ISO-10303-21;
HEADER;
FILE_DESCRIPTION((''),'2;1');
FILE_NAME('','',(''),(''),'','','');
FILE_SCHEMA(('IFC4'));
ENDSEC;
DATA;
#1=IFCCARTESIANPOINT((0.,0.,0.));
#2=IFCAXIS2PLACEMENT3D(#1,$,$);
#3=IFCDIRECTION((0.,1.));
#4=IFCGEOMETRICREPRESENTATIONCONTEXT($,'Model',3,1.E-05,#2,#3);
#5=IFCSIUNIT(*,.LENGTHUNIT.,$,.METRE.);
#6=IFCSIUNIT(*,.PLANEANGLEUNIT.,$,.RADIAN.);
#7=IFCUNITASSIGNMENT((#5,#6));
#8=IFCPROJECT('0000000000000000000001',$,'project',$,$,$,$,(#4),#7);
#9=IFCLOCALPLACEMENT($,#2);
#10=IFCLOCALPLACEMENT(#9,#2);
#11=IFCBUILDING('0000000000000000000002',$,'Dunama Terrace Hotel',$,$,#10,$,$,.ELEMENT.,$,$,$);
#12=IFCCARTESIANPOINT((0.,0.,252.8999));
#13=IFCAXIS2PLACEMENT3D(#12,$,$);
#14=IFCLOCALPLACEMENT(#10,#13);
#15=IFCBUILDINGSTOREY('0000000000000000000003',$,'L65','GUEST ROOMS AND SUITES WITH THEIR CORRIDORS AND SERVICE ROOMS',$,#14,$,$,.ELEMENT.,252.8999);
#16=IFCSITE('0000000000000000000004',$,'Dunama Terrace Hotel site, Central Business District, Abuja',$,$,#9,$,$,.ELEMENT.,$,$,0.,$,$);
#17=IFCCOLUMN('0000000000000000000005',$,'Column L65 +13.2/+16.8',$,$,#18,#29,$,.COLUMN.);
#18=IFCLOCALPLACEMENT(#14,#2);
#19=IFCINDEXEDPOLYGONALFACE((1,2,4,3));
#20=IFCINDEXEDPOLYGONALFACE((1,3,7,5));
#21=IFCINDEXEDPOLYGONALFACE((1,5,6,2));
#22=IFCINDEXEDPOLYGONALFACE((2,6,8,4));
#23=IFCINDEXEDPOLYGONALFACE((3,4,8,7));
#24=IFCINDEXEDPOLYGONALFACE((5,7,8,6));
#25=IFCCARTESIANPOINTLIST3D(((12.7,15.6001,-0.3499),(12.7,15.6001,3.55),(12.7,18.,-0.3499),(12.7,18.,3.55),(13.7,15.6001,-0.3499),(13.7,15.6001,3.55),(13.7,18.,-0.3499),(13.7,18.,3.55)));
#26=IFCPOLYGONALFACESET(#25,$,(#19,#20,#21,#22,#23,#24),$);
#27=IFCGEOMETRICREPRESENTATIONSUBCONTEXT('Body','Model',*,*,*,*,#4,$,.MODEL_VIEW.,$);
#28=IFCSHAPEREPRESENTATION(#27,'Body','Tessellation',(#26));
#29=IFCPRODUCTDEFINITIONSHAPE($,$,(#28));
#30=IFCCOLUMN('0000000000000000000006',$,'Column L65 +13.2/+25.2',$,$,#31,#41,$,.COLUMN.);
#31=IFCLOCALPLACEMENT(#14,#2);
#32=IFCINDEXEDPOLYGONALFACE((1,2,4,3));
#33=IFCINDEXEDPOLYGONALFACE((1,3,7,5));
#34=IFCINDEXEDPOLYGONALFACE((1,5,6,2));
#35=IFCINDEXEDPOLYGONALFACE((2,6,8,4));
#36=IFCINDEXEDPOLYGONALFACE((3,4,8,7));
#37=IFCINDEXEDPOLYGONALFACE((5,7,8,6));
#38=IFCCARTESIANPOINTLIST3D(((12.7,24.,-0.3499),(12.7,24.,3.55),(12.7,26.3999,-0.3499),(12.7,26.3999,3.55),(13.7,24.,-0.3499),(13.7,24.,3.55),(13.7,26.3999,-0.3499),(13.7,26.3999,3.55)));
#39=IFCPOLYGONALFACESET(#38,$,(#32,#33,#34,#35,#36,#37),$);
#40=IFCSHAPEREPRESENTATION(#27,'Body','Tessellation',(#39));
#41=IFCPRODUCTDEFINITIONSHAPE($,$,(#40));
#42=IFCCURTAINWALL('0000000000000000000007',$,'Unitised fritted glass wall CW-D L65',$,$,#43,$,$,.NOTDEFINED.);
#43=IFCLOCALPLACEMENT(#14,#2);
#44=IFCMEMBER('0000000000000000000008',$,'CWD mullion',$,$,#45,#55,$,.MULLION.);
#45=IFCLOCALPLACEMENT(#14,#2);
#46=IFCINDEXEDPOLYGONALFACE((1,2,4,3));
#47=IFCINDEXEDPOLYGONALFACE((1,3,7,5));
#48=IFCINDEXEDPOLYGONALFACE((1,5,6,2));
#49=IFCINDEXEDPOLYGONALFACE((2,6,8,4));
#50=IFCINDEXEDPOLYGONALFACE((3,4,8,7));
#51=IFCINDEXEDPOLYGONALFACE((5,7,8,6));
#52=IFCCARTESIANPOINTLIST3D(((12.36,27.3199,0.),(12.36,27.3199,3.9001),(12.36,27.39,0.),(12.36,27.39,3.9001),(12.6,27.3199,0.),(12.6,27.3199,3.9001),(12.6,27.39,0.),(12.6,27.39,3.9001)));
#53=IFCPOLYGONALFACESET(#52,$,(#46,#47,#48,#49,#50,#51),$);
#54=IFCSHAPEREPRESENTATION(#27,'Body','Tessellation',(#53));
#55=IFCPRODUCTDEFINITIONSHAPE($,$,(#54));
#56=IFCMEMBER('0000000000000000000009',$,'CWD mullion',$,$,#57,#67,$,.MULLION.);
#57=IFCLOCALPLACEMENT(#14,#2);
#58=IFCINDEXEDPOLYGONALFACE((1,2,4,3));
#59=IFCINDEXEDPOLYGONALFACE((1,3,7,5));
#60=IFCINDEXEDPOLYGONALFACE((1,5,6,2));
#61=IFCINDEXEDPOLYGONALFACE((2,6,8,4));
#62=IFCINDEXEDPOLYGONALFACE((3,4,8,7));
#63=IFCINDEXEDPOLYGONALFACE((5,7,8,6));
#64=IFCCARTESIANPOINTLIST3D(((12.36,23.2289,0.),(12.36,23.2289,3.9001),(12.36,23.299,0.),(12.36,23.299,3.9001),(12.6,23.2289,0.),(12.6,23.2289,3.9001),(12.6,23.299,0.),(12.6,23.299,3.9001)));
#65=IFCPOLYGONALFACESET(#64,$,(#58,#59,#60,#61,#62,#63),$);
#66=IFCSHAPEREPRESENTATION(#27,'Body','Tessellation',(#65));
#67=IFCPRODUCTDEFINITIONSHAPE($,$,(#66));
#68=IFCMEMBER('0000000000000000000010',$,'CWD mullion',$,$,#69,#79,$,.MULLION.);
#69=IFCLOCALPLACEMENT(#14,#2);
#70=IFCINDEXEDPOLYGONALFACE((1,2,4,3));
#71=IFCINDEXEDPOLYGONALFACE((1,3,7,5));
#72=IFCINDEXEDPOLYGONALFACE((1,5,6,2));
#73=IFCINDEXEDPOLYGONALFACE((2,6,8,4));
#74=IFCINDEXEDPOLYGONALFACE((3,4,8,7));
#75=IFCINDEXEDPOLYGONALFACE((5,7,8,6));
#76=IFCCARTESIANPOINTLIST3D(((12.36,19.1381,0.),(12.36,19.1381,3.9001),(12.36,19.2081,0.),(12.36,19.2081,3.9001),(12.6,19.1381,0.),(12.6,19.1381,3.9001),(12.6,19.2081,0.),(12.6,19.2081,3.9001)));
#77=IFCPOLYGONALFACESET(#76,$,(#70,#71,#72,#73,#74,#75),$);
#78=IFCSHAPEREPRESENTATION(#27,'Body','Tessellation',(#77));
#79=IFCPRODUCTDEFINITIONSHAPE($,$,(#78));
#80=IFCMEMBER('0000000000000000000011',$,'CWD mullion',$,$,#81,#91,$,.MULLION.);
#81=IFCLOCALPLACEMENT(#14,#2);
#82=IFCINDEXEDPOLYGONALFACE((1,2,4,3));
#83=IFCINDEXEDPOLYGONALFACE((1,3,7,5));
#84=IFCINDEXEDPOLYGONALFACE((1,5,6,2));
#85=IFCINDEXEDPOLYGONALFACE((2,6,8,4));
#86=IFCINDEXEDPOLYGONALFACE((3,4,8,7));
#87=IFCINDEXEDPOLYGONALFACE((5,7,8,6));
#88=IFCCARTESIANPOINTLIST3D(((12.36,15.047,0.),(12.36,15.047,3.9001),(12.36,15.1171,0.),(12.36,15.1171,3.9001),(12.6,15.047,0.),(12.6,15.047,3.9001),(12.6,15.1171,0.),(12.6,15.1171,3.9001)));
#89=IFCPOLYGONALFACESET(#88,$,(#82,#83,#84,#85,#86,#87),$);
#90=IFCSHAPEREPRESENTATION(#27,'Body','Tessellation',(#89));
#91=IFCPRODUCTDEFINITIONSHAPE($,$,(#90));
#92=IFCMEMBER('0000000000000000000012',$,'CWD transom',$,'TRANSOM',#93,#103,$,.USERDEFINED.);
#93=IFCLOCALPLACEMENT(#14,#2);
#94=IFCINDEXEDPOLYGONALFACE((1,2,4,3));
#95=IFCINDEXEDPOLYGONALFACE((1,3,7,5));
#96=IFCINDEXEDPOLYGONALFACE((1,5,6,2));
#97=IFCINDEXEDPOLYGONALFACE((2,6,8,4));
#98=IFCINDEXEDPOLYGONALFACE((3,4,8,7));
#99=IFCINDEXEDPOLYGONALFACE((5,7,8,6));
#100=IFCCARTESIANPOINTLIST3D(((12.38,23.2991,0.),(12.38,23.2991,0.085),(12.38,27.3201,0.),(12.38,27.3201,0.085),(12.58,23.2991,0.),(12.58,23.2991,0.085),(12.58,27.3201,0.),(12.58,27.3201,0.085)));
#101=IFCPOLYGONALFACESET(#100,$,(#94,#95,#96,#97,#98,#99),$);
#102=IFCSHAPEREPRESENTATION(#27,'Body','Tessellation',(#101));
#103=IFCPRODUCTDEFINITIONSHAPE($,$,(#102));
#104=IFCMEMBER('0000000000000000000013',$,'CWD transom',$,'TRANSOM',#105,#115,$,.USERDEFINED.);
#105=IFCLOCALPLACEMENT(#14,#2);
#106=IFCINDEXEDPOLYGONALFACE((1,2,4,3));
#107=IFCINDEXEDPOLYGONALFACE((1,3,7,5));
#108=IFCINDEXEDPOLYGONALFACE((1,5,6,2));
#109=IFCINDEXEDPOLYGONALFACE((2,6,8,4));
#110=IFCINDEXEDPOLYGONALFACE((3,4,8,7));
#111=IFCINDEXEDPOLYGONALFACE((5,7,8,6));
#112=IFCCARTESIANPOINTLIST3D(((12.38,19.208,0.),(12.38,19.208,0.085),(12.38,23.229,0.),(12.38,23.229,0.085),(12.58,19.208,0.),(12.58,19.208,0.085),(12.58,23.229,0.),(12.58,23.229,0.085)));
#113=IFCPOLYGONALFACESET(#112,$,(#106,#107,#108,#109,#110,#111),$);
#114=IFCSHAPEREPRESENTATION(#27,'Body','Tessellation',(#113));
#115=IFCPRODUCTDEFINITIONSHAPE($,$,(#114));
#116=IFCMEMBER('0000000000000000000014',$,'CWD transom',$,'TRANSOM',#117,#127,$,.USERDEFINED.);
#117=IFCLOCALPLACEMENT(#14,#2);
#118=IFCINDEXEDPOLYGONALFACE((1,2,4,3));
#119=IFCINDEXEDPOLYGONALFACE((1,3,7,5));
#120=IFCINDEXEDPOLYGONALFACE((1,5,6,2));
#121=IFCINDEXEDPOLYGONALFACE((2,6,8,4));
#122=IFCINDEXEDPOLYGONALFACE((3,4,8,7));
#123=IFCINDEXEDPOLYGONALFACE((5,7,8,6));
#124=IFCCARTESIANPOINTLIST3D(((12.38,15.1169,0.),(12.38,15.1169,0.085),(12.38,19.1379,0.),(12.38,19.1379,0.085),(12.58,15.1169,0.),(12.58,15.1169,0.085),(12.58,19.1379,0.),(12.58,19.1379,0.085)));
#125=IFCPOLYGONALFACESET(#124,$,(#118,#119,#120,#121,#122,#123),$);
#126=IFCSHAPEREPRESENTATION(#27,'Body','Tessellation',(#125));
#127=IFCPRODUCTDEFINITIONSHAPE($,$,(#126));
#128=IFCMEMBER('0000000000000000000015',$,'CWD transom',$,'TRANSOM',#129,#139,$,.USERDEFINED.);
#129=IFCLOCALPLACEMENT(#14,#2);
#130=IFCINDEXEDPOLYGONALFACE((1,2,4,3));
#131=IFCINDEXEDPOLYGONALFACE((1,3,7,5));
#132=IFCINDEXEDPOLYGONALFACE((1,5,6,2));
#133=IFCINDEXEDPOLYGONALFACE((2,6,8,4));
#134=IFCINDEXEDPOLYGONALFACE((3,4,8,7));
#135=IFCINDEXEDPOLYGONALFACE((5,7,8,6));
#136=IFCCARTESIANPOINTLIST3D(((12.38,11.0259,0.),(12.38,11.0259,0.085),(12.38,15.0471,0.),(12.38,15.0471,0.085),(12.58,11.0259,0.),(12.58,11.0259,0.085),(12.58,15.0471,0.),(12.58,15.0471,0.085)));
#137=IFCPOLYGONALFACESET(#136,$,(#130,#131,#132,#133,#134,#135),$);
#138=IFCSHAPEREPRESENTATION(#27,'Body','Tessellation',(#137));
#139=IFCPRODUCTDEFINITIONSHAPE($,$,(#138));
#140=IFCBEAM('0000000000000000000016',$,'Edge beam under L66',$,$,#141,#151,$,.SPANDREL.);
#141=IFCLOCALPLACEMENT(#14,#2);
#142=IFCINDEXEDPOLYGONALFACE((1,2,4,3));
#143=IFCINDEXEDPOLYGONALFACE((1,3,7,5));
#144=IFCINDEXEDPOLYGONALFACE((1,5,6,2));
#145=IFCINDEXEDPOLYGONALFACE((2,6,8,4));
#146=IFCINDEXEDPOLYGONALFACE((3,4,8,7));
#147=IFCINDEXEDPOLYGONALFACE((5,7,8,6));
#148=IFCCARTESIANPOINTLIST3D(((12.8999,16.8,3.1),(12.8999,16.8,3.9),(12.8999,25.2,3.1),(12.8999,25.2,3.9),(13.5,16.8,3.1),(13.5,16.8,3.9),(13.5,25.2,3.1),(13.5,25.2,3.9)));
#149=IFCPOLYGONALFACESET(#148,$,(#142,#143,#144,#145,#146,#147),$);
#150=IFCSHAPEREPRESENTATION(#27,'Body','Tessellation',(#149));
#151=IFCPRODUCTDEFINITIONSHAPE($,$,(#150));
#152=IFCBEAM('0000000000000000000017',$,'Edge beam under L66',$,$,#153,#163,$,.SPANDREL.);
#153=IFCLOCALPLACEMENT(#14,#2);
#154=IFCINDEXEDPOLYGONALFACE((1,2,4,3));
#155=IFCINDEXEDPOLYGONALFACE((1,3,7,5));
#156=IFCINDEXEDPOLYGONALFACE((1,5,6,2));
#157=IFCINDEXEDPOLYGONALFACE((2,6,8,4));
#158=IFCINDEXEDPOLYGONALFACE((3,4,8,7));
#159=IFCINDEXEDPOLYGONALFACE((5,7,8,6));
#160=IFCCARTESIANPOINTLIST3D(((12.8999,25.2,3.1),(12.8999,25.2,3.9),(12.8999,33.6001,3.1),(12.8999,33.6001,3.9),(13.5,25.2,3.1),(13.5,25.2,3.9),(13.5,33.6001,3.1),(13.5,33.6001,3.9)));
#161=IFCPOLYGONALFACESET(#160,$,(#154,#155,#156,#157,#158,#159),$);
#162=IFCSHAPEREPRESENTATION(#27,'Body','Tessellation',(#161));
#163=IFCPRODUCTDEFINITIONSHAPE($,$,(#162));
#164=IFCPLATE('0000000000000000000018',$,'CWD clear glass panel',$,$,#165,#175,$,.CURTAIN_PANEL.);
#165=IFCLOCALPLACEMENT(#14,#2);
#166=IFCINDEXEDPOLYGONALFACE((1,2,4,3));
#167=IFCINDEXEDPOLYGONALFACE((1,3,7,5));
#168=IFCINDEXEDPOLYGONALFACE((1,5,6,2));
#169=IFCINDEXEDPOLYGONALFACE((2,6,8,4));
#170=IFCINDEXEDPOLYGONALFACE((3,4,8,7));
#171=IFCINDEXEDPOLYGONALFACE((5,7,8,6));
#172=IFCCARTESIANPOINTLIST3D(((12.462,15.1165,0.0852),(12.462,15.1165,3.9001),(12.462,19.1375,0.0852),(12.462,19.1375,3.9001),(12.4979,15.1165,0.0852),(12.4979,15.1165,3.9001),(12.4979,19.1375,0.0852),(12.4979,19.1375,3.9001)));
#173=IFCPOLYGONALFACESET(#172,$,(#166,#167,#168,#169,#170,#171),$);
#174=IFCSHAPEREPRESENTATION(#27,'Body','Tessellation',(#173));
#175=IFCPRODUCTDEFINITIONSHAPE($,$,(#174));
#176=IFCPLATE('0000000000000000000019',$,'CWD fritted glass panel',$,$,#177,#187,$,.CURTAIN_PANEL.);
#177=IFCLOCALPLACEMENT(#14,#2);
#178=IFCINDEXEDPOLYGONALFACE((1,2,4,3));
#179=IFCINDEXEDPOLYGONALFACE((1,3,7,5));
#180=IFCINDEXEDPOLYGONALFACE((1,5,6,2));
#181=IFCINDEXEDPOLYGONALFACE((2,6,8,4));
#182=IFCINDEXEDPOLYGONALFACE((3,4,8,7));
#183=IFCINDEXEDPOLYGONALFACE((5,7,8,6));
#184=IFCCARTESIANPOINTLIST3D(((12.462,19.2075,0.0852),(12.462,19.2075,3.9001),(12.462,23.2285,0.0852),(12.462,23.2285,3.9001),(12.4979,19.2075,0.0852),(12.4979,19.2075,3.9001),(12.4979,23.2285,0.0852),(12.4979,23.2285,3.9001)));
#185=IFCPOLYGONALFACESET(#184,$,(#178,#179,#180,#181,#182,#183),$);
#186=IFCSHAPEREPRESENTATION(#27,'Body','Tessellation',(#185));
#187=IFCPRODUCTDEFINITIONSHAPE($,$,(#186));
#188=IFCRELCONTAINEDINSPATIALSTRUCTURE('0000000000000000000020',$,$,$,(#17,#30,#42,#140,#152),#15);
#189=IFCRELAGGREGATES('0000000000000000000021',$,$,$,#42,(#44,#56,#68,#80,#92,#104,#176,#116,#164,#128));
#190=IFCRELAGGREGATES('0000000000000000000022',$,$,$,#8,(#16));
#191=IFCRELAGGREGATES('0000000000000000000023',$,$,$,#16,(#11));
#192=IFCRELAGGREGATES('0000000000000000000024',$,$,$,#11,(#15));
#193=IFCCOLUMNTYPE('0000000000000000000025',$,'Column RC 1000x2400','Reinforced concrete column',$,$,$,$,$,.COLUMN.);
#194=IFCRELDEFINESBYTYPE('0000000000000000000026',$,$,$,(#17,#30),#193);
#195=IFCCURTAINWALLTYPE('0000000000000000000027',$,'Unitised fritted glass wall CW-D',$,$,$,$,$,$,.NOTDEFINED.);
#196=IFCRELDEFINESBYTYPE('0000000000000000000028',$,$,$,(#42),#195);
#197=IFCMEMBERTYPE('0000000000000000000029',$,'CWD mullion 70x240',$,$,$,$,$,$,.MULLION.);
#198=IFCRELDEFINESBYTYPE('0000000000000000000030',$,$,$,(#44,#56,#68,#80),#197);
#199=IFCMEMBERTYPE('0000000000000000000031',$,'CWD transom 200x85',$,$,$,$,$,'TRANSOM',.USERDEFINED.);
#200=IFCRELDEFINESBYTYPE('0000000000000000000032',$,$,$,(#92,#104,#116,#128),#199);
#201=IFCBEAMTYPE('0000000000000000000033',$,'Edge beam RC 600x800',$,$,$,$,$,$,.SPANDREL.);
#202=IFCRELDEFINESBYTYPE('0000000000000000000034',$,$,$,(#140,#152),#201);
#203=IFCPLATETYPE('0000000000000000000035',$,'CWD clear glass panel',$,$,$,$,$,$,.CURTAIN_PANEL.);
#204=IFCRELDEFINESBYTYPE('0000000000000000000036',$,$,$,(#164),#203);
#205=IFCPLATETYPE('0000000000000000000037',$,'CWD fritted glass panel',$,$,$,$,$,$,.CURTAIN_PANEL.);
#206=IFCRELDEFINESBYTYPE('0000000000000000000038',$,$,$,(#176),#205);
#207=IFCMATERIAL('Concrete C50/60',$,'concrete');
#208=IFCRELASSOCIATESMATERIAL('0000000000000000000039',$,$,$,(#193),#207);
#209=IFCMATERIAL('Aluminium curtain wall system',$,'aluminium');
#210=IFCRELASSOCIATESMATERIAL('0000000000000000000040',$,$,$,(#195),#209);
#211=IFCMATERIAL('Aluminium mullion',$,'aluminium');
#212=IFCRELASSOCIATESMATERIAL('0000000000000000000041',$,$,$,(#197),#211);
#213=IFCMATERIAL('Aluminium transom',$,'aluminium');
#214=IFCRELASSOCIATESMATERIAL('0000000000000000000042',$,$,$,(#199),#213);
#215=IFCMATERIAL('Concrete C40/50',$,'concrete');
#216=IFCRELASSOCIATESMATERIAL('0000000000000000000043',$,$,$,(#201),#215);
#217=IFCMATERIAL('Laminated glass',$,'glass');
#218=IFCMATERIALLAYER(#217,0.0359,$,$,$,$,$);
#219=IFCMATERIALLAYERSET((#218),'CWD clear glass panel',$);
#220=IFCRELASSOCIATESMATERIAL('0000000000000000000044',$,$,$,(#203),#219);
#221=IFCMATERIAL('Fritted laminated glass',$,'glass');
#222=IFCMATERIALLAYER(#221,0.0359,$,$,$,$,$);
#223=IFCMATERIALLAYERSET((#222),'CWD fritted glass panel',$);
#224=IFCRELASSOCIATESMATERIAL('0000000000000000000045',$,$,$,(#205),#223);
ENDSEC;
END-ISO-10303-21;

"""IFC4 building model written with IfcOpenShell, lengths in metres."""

from ifc_helpers import new_model, si_unit, direction, frame, origin, origin_2d, place, context, subcontext, project, spatial, rectangle, extrude, material, layer, layer_set, material_profile, profile_set, type_object, element, aggregate, save


model = new_model("IFC4")

# Units and contexts
model_context = context("Model", 3, precision=1e-05, world=origin(), true_north=direction((0.0, 1.0)))
body_context = subcontext(model_context, "Body", "Model", "MODEL_VIEW")
ifc_project = project(units=[si_unit("LENGTHUNIT", "METRE"), si_unit("PLANEANGLEUNIT", "RADIAN")], contexts=[model_context])

# Site, building, storey
site_placement = place(None, origin())
site = spatial("IfcSite", under=ifc_project, at=site_placement, Name="Dunama Terrace Hotel site, Central Business District, Abuja", CompositionType="ELEMENT", RefElevation=0.0)
building_placement = place(site_placement, origin())
building = spatial("IfcBuilding", under=site, at=building_placement, Name="Dunama Terrace Hotel", CompositionType="ELEMENT")
storey_placement = place(building_placement, frame((0.0, 0.0, 252.8999)))
storey = spatial("IfcBuildingStorey", under=building, at=storey_placement, Name="L65", Description="GUEST ROOMS AND SUITES WITH THEIR CORRIDORS AND SERVICE ROOMS", CompositionType="ELEMENT", Elevation=252.8999)

# Columns
ifc_material_1 = material(Name="Concrete C50/60", Category="concrete")
ifc_material_profile_1 = material_profile(ifc_material_1, rectangle(XDim=1.0, YDim=2.3999, at=origin_2d()), Name="RC 1000x2400")
ifc_profile_set_1 = profile_set([ifc_material_profile_1], Name="Concrete C50/60")
column_type = type_object("IfcColumnType", Name="Column RC 1000x2400", Description="Reinforced concrete column", PredefinedType="COLUMN", material=ifc_profile_set_1)
for number, where, z_axis, x_axis, name in (
    (1, (13.2, 16.8, -0.3499), (0.0, 0.0, 1.0), (1.0, 0.0, 0.0), "Column L65 +13.2/+16.8"),
    (2, (13.2, 25.2, -0.3499), (0.0, 0.0, 1.0), (1.0, 0.0, 0.0), "Column L65 +13.2/+25.2"),
):
    element("IfcColumn", number, at=place(storey_placement, frame(where, z_axis=z_axis, x_axis=x_axis)), inside=storey, type_object=column_type, Name=name, PredefinedType="COLUMN", context=body_context, shape_type="SweptSolid", body=[
        extrude(rectangle(XDim=1.0, YDim=2.3999, at=origin_2d()), origin(), (0.0, 0.0, 1.0), 3.8999),
    ])

# Curtain wall, members
ifc_material_2 = material(Name="Aluminium curtain wall system", Category="aluminium")
curtain_wall_type = type_object("IfcCurtainWallType", Name="Unitised fritted glass wall CW-D", PredefinedType="NOTDEFINED", material=ifc_material_2)
curtain_wall_placement = place(storey_placement, origin())
curtain_wall = element("IfcCurtainWall", 3, at=curtain_wall_placement, inside=storey, type_object=curtain_wall_type, Name="Unitised fritted glass wall CW-D L65", PredefinedType="NOTDEFINED")
ifc_material_3 = material(Name="Aluminium mullion", Category="aluminium")
ifc_material_profile_2 = material_profile(ifc_material_3, rectangle(XDim=0.0701, YDim=0.24, at=origin_2d()), Name="CWD MULLION 70X240")
ifc_profile_set_2 = profile_set([ifc_material_profile_2], Name="Aluminium mullion")
member_type_1 = type_object("IfcMemberType", Name="CWD mullion 70x240", PredefinedType="MULLION", material=ifc_profile_set_2)
member_1_placement = place(storey_placement, frame((12.48, 27.355, 0.0), z_axis=(0.0, 0.0, 1.0), x_axis=(0.0, -1.0, 0.0)))
member_1 = element("IfcMember", 4, at=member_1_placement, type_object=member_type_1, Name="CWD mullion", PredefinedType="MULLION", context=body_context, shape_type="SweptSolid", body=[
    extrude(rectangle(XDim=0.0701, YDim=0.24, at=origin_2d()), origin(), (0.0, 0.0, 1.0), 3.9001),
])
member_2_placement = place(storey_placement, frame((12.48, 23.2639, 0.0), z_axis=(0.0, 0.0, 1.0), x_axis=(0.0, -1.0, 0.0)))
member_2 = element("IfcMember", 5, at=member_2_placement, type_object=member_type_1, Name="CWD mullion", PredefinedType="MULLION", context=body_context, shape_type="SweptSolid", body=[
    extrude(rectangle(XDim=0.0701, YDim=0.24, at=origin_2d()), origin(), (0.0, 0.0, 1.0), 3.9001),
])
member_3_placement = place(storey_placement, frame((12.48, 19.1731, 0.0), z_axis=(0.0, 0.0, 1.0), x_axis=(0.0, -1.0, 0.0)))
member_3 = element("IfcMember", 6, at=member_3_placement, type_object=member_type_1, Name="CWD mullion", PredefinedType="MULLION", context=body_context, shape_type="SweptSolid", body=[
    extrude(rectangle(XDim=0.0701, YDim=0.24, at=origin_2d()), origin(), (0.0, 0.0, 1.0), 3.9001),
])
member_4_placement = place(storey_placement, frame((12.48, 15.082, 0.0), z_axis=(0.0, 0.0, 1.0), x_axis=(0.0, -1.0, 0.0)))
member_4 = element("IfcMember", 7, at=member_4_placement, type_object=member_type_1, Name="CWD mullion", PredefinedType="MULLION", context=body_context, shape_type="SweptSolid", body=[
    extrude(rectangle(XDim=0.0701, YDim=0.24, at=origin_2d()), origin(), (0.0, 0.0, 1.0), 3.9001),
])
ifc_material_4 = material(Name="Aluminium transom", Category="aluminium")
ifc_material_profile_3 = material_profile(ifc_material_4, rectangle(XDim=0.2, YDim=0.085, at=origin_2d()), Name="CWD TRANSOM 200X85")
ifc_profile_set_3 = profile_set([ifc_material_profile_3], Name="Aluminium transom")
member_type_2 = type_object("IfcMemberType", Name="CWD transom 200x85", ElementType="TRANSOM", PredefinedType="USERDEFINED", material=ifc_profile_set_3)
member_5_placement = place(storey_placement, frame((12.48, 27.3201, 0.0425), z_axis=(0.0, -1.0, 0.0), x_axis=(1.0, 0.0, 0.0)))
member_5 = element("IfcMember", 8, at=member_5_placement, type_object=member_type_2, Name="CWD transom", ObjectType="TRANSOM", PredefinedType="USERDEFINED", context=body_context, shape_type="SweptSolid", body=[
    extrude(rectangle(XDim=0.2, YDim=0.085, at=origin_2d()), origin(), (0.0, 0.0, 1.0), 4.021),
])
member_6_placement = place(storey_placement, frame((12.48, 23.229, 0.0425), z_axis=(0.0, -1.0, 0.0), x_axis=(1.0, 0.0, 0.0)))
member_6 = element("IfcMember", 9, at=member_6_placement, type_object=member_type_2, Name="CWD transom", ObjectType="TRANSOM", PredefinedType="USERDEFINED", context=body_context, shape_type="SweptSolid", body=[
    extrude(rectangle(XDim=0.2, YDim=0.085, at=origin_2d()), origin(), (0.0, 0.0, 1.0), 4.021),
])
member_7_placement = place(storey_placement, frame((12.48, 19.1379, 0.0425), z_axis=(0.0, -1.0, 0.0), x_axis=(1.0, 0.0, 0.0)))
member_7 = element("IfcMember", 10, at=member_7_placement, type_object=member_type_2, Name="CWD transom", ObjectType="TRANSOM", PredefinedType="USERDEFINED", context=body_context, shape_type="SweptSolid", body=[
    extrude(rectangle(XDim=0.2, YDim=0.085, at=origin_2d()), origin(), (0.0, 0.0, 1.0), 4.021),
])
member_8_placement = place(storey_placement, frame((12.48, 15.0471, 0.0425), z_axis=(0.0, -1.0, 0.0), x_axis=(1.0, 0.0, 0.0)))
member_8 = element("IfcMember", 11, at=member_8_placement, type_object=member_type_2, Name="CWD transom", ObjectType="TRANSOM", PredefinedType="USERDEFINED", context=body_context, shape_type="SweptSolid", body=[
    extrude(rectangle(XDim=0.2, YDim=0.085, at=origin_2d()), origin(), (0.0, 0.0, 1.0), 4.0212),
])

# Beams
ifc_material_5 = material(Name="Concrete C40/50", Category="concrete")
ifc_material_profile_4 = material_profile(ifc_material_5, rectangle(XDim=0.6001, YDim=0.8, at=origin_2d()), Name="RC 600x800")
ifc_profile_set_4 = profile_set([ifc_material_profile_4], Name="Concrete C40/50")
beam_type = type_object("IfcBeamType", Name="Edge beam RC 600x800", PredefinedType="SPANDREL", material=ifc_profile_set_4)
beam_1_placement = place(storey_placement, frame((13.2, 16.8, 3.5), z_axis=(0.0, 1.0, 0.0), x_axis=(-1.0, 0.0, 0.0)))
element("IfcBeam", 12, at=beam_1_placement, inside=storey, type_object=beam_type, Name="Edge beam under L66", PredefinedType="SPANDREL", context=body_context, shape_type="SweptSolid", body=[
    extrude(rectangle(XDim=0.6001, YDim=0.8, at=origin_2d()), origin(), (0.0, 0.0, 1.0), 8.3999),
])
beam_2_placement = place(storey_placement, frame((13.2, 25.2, 3.5), z_axis=(0.0, 1.0, 0.0), x_axis=(-1.0, 0.0, 0.0)))
element("IfcBeam", 13, at=beam_2_placement, inside=storey, type_object=beam_type, Name="Edge beam under L66", PredefinedType="SPANDREL", context=body_context, shape_type="SweptSolid", body=[
    extrude(rectangle(XDim=0.6001, YDim=0.8, at=origin_2d()), origin(), (0.0, 0.0, 1.0), 8.4001),
])

# Plates
ifc_material_6 = material(Name="Laminated glass", Category="glass")
ifc_layer_1 = layer(ifc_material_6, 0.0359)
ifc_layer_set_1 = layer_set([ifc_layer_1], Name="CWD clear glass panel")
plate_type_1 = type_object("IfcPlateType", Name="CWD clear glass panel", PredefinedType="CURTAIN_PANEL", material=ifc_layer_set_1)
plate_1_placement = place(storey_placement, frame((12.48, 17.127, 0.0852), z_axis=(0.0, 0.0, 1.0), x_axis=(0.0, -1.0, 0.0)))
plate_1 = element("IfcPlate", 14, at=plate_1_placement, type_object=plate_type_1, Name="CWD clear glass panel", PredefinedType="CURTAIN_PANEL", context=body_context, shape_type="SweptSolid", body=[
    extrude(rectangle(XDim=4.021, YDim=0.0359, at=origin_2d()), origin(), (0.0, 0.0, 1.0), 3.8149),
])
ifc_material_7 = material(Name="Fritted laminated glass", Category="glass")
ifc_layer_2 = layer(ifc_material_7, 0.0359)
ifc_layer_set_2 = layer_set([ifc_layer_2], Name="CWD fritted glass panel")
plate_type_2 = type_object("IfcPlateType", Name="CWD fritted glass panel", PredefinedType="CURTAIN_PANEL", material=ifc_layer_set_2)
plate_2_placement = place(storey_placement, frame((12.48, 21.218, 0.0852), z_axis=(0.0, 0.0, 1.0), x_axis=(0.0, -1.0, 0.0)))
plate_2 = element("IfcPlate", 15, at=plate_2_placement, type_object=plate_type_2, Name="CWD fritted glass panel", PredefinedType="CURTAIN_PANEL", context=body_context, shape_type="SweptSolid", body=[
    extrude(rectangle(XDim=4.021, YDim=0.0359, at=origin_2d()), origin(), (0.0, 0.0, 1.0), 3.8149),
])
aggregate(curtain_wall, [member_1, member_2, member_3, member_4, member_5, member_6, plate_2, member_7, plate_1, member_8])

save(model, "model.ifc")
